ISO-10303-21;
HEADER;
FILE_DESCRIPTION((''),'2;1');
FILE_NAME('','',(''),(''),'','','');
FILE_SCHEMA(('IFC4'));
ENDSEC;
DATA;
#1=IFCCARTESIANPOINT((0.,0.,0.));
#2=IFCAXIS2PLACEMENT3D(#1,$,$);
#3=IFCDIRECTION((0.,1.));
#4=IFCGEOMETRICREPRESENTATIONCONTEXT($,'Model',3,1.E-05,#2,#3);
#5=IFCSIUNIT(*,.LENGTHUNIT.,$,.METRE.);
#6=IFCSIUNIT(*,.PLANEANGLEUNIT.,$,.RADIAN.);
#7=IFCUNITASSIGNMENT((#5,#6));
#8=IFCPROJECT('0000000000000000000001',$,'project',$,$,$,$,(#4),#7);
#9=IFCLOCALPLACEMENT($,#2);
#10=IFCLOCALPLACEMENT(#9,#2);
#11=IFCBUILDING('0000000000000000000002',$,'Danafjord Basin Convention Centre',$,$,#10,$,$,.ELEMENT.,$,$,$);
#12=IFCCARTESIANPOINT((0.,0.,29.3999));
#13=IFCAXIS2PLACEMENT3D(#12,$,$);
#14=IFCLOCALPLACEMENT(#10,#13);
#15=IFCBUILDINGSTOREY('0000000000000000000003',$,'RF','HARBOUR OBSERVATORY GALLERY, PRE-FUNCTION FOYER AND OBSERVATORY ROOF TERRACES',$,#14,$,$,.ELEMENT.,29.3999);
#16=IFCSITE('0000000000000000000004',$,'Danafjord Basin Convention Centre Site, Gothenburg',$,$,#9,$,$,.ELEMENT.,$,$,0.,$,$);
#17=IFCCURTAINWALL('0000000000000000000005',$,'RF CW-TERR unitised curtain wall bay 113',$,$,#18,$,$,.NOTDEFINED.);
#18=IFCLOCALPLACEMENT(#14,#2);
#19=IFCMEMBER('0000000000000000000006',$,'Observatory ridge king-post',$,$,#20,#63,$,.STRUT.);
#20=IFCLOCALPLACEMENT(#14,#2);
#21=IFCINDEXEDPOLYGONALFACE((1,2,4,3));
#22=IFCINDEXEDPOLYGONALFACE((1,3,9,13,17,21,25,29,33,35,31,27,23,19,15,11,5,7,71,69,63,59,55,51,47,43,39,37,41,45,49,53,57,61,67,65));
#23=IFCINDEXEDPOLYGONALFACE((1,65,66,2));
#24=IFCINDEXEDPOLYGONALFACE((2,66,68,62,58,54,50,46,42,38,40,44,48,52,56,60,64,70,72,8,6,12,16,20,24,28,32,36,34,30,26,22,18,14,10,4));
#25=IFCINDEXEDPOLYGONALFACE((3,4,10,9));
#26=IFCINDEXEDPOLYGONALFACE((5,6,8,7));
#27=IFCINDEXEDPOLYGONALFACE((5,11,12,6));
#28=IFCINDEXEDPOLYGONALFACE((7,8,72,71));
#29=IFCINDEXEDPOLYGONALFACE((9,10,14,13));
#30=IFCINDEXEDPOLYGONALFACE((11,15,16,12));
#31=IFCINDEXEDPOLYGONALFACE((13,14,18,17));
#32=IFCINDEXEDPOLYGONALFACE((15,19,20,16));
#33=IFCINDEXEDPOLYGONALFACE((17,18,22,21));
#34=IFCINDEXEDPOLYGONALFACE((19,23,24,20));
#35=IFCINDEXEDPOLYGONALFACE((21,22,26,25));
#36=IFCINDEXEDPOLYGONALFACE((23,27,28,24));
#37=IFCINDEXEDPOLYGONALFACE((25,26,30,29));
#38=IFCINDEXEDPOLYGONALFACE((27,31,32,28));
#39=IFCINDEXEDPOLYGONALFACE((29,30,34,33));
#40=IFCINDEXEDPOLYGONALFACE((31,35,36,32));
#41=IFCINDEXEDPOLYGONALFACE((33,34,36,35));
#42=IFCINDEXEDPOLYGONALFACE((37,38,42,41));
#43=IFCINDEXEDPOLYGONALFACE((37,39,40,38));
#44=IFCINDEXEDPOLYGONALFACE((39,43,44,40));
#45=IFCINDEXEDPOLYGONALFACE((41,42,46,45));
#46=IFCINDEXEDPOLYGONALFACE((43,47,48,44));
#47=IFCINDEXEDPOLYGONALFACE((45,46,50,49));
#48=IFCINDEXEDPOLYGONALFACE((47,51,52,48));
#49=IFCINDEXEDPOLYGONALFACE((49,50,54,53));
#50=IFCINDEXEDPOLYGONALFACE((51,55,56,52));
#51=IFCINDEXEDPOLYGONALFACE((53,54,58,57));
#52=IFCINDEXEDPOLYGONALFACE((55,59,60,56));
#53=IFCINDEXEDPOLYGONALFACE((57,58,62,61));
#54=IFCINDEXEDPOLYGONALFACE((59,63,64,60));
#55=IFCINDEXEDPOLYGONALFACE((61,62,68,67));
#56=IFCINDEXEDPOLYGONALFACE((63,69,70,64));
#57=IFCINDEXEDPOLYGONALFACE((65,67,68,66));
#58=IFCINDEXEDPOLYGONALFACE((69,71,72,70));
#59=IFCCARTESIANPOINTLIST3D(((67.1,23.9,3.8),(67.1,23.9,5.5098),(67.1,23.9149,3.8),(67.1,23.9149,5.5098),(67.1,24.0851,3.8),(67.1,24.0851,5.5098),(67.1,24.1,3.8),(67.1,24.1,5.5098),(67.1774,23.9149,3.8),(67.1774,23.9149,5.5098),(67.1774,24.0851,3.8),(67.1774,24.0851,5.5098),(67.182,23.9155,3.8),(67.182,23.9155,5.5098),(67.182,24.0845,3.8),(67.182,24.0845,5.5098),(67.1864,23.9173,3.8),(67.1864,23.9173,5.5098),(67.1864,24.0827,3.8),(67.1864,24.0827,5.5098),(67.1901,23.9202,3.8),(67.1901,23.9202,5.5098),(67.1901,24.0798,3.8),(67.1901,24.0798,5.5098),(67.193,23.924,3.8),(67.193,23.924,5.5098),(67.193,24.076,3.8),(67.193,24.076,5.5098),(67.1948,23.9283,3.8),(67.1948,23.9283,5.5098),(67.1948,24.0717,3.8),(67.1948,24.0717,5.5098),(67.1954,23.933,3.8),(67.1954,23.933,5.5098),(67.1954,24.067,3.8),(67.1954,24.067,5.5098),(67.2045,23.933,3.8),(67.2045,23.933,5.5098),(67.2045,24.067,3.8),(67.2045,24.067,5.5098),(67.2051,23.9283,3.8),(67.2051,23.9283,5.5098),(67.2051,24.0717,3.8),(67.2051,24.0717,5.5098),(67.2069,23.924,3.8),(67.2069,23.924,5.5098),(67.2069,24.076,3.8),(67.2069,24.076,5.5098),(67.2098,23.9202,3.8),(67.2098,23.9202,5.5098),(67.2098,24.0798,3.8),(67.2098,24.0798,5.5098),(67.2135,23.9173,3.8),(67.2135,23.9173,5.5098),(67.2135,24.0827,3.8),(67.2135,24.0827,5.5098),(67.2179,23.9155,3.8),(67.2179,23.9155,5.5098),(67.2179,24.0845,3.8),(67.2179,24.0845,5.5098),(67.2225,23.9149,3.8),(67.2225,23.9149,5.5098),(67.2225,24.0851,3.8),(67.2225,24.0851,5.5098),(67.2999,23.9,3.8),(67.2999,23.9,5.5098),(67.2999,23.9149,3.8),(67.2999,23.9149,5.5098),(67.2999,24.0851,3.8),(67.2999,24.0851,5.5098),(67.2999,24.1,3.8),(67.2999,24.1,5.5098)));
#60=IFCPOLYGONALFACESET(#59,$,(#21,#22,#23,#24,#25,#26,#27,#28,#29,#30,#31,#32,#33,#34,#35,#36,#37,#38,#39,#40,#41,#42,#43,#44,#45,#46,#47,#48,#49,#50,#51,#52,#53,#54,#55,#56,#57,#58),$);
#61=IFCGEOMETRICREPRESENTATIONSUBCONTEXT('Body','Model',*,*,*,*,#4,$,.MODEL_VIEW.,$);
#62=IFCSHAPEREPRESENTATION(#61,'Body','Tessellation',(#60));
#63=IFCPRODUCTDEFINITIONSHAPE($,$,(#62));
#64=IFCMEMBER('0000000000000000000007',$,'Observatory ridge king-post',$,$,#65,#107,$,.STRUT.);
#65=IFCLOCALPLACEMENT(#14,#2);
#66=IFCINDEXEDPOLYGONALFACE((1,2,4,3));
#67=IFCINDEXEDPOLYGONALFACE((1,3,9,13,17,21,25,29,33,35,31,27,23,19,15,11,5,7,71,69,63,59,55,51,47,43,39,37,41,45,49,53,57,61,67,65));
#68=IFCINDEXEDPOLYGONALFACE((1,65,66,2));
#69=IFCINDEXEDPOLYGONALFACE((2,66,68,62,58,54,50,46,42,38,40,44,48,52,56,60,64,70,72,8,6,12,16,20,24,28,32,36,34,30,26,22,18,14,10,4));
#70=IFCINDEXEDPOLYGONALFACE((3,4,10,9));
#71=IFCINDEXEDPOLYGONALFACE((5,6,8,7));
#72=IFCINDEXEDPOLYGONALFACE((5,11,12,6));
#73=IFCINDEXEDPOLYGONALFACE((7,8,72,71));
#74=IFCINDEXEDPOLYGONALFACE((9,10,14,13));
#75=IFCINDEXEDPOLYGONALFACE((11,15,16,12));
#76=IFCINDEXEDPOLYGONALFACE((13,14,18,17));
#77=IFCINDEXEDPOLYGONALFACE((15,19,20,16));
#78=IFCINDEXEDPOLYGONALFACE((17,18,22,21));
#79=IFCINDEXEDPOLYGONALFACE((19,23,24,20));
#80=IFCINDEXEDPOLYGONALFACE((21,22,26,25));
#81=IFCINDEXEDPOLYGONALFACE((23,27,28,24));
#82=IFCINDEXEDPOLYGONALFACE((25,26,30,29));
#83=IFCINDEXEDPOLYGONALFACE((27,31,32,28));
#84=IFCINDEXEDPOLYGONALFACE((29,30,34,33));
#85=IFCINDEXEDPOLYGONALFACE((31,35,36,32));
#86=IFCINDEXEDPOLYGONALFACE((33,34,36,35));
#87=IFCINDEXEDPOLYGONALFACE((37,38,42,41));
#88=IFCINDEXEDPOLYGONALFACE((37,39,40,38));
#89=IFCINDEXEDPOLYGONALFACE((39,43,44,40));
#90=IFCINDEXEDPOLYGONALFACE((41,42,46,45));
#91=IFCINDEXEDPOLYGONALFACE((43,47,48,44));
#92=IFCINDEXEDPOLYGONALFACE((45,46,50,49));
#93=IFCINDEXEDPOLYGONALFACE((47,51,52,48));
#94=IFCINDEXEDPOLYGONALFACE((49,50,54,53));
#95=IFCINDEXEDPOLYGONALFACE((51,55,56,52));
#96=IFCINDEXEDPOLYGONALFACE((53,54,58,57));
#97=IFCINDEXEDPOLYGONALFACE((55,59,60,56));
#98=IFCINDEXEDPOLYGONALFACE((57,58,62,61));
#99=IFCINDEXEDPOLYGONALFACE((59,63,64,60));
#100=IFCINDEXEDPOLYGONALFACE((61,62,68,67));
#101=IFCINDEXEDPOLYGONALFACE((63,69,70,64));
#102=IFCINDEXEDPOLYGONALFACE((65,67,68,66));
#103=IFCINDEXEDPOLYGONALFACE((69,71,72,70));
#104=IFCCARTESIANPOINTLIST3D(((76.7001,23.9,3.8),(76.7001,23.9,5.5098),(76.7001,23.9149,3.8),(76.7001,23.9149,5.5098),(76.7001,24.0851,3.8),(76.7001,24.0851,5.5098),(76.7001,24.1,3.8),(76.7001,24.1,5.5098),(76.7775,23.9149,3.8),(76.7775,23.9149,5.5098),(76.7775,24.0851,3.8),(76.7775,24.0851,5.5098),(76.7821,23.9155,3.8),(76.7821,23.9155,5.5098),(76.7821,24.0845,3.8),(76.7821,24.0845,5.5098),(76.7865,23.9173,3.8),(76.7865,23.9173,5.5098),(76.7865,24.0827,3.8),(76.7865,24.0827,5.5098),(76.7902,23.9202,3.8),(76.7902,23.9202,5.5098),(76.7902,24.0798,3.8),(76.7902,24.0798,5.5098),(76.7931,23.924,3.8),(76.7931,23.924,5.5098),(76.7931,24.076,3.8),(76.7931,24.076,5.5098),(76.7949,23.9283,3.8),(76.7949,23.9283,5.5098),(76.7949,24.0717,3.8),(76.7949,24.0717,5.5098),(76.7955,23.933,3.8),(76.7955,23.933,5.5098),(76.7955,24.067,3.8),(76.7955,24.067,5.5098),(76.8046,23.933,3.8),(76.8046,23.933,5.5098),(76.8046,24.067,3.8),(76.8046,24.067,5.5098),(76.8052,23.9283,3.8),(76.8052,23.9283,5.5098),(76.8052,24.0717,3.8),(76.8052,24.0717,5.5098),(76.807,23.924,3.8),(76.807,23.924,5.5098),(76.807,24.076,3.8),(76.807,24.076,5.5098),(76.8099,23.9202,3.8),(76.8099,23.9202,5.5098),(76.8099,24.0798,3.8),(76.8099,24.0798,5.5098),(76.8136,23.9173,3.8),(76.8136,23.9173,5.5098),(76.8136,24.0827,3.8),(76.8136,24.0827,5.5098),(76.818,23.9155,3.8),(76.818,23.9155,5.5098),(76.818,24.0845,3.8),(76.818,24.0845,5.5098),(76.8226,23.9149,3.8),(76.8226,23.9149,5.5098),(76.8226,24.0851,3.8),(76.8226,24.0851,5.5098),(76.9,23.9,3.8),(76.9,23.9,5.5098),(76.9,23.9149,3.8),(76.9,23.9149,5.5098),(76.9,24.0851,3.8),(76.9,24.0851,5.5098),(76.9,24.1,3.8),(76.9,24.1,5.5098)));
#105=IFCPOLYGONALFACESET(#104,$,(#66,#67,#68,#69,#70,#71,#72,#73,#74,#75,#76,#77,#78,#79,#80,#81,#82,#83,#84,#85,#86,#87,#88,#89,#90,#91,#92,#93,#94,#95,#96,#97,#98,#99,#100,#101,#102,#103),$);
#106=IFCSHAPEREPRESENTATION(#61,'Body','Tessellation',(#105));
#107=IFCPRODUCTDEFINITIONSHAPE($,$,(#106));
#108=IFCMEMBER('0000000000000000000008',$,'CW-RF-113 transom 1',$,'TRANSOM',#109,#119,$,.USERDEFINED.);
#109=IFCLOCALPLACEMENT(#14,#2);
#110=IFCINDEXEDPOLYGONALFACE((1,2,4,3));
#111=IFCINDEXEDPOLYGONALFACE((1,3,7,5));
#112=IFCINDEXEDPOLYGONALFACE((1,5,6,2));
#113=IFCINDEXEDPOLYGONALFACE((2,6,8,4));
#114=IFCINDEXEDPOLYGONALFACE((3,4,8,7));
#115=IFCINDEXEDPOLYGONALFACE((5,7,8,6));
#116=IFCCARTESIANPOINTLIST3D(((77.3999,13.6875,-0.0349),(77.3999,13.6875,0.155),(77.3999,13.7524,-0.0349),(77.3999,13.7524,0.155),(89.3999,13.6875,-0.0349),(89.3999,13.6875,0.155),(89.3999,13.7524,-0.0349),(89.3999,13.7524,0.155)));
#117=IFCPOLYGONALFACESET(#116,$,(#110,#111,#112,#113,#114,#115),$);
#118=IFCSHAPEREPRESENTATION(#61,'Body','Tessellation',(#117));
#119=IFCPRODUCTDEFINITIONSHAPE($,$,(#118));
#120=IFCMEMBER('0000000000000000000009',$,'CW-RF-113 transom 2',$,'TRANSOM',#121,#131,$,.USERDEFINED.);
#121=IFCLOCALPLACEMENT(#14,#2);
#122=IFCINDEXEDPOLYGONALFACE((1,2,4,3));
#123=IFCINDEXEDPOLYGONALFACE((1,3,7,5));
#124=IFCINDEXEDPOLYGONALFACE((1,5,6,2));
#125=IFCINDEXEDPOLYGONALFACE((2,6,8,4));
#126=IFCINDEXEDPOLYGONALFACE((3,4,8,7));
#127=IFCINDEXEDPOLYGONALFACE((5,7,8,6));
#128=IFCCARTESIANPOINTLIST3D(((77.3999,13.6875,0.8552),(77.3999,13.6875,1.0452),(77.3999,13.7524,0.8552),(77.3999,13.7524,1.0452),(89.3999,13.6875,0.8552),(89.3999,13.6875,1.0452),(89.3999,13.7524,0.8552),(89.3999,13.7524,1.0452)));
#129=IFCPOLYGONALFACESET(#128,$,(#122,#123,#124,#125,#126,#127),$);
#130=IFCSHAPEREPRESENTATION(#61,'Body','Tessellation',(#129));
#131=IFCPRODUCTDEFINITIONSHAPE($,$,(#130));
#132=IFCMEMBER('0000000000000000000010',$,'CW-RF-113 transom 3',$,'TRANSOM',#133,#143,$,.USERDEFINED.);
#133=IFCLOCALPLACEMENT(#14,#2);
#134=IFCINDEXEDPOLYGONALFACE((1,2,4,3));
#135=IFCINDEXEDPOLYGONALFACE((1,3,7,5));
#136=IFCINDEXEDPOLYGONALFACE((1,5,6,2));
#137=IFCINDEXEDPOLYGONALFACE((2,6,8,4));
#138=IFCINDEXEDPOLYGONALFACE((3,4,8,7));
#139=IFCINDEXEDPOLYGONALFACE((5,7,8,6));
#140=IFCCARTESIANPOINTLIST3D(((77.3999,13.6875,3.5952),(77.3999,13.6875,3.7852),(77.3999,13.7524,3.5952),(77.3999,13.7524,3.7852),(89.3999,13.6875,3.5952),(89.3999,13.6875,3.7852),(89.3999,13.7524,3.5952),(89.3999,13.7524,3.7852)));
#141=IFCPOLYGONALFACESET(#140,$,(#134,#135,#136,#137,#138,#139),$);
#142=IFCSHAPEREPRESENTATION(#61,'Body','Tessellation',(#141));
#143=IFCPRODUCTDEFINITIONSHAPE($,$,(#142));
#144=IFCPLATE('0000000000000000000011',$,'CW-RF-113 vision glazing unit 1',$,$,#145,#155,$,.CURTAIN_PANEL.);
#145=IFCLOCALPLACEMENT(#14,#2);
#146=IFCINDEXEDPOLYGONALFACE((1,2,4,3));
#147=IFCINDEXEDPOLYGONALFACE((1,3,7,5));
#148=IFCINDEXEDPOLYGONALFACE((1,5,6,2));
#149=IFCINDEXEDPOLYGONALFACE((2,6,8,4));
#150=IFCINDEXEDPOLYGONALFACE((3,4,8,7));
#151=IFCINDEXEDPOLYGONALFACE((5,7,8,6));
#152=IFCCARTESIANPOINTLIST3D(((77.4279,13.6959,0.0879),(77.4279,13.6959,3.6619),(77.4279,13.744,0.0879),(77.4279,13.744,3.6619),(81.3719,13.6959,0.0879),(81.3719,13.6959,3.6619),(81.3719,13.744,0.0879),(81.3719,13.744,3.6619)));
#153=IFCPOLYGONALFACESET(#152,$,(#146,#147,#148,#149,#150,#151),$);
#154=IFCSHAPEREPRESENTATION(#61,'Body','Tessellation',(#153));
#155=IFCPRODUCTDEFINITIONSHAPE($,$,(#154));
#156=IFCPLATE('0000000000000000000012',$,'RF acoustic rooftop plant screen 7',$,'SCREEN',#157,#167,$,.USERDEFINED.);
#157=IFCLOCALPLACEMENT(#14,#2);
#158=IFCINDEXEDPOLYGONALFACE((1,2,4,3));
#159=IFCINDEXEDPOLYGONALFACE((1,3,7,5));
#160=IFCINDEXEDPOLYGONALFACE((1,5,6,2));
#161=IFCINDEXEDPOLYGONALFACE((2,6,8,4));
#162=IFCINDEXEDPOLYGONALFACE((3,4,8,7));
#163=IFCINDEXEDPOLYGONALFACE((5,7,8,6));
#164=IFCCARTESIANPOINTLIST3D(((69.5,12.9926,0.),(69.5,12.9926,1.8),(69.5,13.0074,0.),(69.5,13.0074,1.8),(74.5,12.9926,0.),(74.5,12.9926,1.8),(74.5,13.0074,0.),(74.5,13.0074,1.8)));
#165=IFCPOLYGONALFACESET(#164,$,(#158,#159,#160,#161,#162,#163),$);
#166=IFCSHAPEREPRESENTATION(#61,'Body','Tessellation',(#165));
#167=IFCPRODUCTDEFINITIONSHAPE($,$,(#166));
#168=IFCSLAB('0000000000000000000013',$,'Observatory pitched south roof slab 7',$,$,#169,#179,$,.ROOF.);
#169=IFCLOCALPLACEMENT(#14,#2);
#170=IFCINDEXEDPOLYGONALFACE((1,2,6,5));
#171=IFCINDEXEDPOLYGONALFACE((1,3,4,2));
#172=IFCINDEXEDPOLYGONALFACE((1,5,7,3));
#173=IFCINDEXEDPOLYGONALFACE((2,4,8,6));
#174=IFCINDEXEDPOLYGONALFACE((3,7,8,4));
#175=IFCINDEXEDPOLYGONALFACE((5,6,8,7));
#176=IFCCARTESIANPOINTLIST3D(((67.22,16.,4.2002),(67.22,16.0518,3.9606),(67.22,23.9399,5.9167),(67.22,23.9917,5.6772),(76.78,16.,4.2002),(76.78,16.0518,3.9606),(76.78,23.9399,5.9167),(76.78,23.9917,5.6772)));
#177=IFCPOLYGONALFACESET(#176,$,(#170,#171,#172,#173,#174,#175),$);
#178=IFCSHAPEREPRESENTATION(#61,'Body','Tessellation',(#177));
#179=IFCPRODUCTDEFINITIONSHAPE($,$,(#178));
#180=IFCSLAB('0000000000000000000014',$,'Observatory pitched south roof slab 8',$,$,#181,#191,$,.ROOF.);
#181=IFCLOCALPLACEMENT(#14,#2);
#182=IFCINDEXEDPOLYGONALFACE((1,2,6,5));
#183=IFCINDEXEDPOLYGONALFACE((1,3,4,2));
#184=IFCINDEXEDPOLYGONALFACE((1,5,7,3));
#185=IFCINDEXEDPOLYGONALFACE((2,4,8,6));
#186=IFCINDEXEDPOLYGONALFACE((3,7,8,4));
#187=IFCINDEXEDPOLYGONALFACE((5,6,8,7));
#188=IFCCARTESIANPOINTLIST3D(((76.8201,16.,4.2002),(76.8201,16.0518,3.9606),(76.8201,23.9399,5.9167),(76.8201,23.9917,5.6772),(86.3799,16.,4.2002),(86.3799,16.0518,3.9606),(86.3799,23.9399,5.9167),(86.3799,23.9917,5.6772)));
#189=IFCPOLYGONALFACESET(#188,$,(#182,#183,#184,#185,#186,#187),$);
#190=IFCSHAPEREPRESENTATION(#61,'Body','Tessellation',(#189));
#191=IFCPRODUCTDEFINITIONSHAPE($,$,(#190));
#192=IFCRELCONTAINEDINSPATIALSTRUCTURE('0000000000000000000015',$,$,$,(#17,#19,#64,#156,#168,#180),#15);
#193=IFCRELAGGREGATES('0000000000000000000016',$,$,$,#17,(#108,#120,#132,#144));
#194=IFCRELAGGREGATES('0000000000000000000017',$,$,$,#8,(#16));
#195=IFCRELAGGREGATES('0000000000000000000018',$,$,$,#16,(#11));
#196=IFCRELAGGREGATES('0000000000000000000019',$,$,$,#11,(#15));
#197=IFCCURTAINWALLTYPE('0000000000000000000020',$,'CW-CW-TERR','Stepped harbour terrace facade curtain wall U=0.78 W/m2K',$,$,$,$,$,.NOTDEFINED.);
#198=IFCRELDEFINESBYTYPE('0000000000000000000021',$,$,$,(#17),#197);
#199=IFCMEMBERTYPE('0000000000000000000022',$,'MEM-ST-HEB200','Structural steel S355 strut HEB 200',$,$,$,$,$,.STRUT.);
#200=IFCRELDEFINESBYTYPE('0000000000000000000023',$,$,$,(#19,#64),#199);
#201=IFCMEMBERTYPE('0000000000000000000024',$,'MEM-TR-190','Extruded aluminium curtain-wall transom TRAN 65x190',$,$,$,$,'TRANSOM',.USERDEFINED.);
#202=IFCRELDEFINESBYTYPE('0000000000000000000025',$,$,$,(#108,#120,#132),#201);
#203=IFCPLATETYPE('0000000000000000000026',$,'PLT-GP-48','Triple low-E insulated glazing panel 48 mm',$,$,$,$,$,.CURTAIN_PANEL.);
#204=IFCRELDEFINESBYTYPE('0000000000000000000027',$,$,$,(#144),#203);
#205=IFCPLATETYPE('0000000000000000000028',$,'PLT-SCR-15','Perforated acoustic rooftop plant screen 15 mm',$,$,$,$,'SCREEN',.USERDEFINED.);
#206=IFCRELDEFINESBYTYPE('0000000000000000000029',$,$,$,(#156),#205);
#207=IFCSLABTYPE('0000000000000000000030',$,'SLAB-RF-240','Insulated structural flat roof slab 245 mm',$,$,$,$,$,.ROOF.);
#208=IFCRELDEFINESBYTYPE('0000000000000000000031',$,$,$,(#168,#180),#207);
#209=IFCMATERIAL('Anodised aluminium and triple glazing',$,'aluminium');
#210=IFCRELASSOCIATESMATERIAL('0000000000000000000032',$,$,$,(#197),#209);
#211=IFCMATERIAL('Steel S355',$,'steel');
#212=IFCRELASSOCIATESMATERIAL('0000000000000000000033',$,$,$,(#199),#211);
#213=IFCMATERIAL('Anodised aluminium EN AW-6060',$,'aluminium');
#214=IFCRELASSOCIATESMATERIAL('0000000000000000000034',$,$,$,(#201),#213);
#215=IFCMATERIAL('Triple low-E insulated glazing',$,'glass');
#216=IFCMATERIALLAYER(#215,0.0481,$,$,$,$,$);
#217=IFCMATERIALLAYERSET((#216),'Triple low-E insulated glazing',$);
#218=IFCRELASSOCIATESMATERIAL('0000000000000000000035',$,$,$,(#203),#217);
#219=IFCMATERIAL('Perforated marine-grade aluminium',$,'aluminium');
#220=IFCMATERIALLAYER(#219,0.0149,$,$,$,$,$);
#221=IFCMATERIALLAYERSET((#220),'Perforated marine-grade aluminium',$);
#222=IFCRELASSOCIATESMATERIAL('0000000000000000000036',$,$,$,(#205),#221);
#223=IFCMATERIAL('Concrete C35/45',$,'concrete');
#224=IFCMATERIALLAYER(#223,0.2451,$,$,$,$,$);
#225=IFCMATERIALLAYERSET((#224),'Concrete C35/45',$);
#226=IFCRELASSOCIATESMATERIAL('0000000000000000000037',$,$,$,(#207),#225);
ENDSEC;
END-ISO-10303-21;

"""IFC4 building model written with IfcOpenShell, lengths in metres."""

from ifc_helpers import new_model, si_unit, direction, frame, origin, origin_2d, place, context, subcontext, project, spatial, polyline, rectangle, i_section, outline, extrude, material, layer, layer_set, material_profile, profile_set, type_object, element, aggregate, save


model = new_model("IFC4")

# Units and contexts
model_context = context("Model", 3, precision=1e-05, world=origin(), true_north=direction((0.0, 1.0)))
body_context = subcontext(model_context, "Body", "Model", "MODEL_VIEW")
ifc_project = project(units=[si_unit("LENGTHUNIT", "METRE"), si_unit("PLANEANGLEUNIT", "RADIAN")], contexts=[model_context])

# Site, building, storey
site_placement = place(None, origin())
site = spatial("IfcSite", under=ifc_project, at=site_placement, Name="Danafjord Basin Convention Centre Site, Gothenburg", CompositionType="ELEMENT", RefElevation=0.0)
building_placement = place(site_placement, origin())
building = spatial("IfcBuilding", under=site, at=building_placement, Name="Danafjord Basin Convention Centre", CompositionType="ELEMENT")
storey_placement = place(building_placement, frame((0.0, 0.0, 29.3999)))
storey = spatial("IfcBuildingStorey", under=building, at=storey_placement, Name="RF", Description="HARBOUR OBSERVATORY GALLERY, PRE-FUNCTION FOYER AND OBSERVATORY ROOF TERRACES", CompositionType="ELEMENT", Elevation=29.3999)

# Shared definitions
ifc_material_1 = material(Name="Steel S355", Category="steel")

# Curtain wall
ifc_material_2 = material(Name="Anodised aluminium and triple glazing", Category="aluminium")
curtain_wall_type = type_object("IfcCurtainWallType", Name="CW-CW-TERR", Description="Stepped harbour terrace facade curtain wall U=0.78 W/m2K", PredefinedType="NOTDEFINED", material=ifc_material_2)
curtain_wall_placement = place(storey_placement, origin())
curtain_wall = element("IfcCurtainWall", 1, at=curtain_wall_placement, inside=storey, type_object=curtain_wall_type, Name="RF CW-TERR unitised curtain wall bay 113", PredefinedType="NOTDEFINED")
ifc_material_3 = material(Name="Anodised aluminium EN AW-6060", Category="aluminium")

# Members
ifc_material_profile_1 = material_profile(ifc_material_1, i_section(OverallWidth=0.2, OverallDepth=0.2, WebThickness=0.009, FlangeThickness=0.0149, FilletRadius=0.0181, at=origin_2d()), Name="HEB 200")
ifc_profile_set_1 = profile_set([ifc_material_profile_1], Name="Steel S355")
member_type_1 = type_object("IfcMemberType", Name="MEM-ST-HEB200", Description="Structural steel S355 strut HEB 200", PredefinedType="STRUT", material=ifc_profile_set_1)
for number, where, z_axis, x_axis, name in (
    (2, (67.2, 24.0, 3.8), (0.0, 0.0, 1.0), (1.0, 0.0, 0.0), "Observatory ridge king-post"),
    (3, (76.8, 24.0, 3.8), (0.0, 0.0, 1.0), (1.0, 0.0, 0.0), "Observatory ridge king-post"),
):
    element("IfcMember", number, at=place(storey_placement, frame(where, z_axis=z_axis, x_axis=x_axis)), inside=storey, type_object=member_type_1, Name=name, PredefinedType="STRUT", context=body_context, shape_type="SweptSolid", body=[
        extrude(i_section(OverallWidth=0.2, OverallDepth=0.2, WebThickness=0.009, FlangeThickness=0.0149, FilletRadius=0.0181, at=origin_2d()), origin(), (0.0, 0.0, 1.0), 1.7097),
    ])

# Members
ifc_material_profile_2 = material_profile(ifc_material_3, rectangle(XDim=0.0649, YDim=0.1899, at=origin_2d()), Name="TRAN 65x190")
ifc_profile_set_2 = profile_set([ifc_material_profile_2], Name="Anodised aluminium EN AW-6060")
member_type_2 = type_object("IfcMemberType", Name="MEM-TR-190", Description="Extruded aluminium curtain-wall transom TRAN 65x190", ElementType="TRANSOM", PredefinedType="USERDEFINED", material=ifc_profile_set_2)
member_1_placement = place(storey_placement, frame((77.3999, 13.72, 0.0601), z_axis=(1.0, 0.0, 0.0), x_axis=(0.0, 1.0, 0.0)))
member_1 = element("IfcMember", 4, at=member_1_placement, type_object=member_type_2, Name="CW-RF-113 transom 1", ObjectType="TRANSOM", PredefinedType="USERDEFINED", context=body_context, shape_type="SweptSolid", body=[
    extrude(rectangle(XDim=0.0649, YDim=0.1899, at=origin_2d()), origin(), (0.0, 0.0, 1.0), 12.0),
])
member_2_placement = place(storey_placement, frame((77.3999, 13.72, 0.9502), z_axis=(1.0, 0.0, 0.0), x_axis=(0.0, 1.0, 0.0)))
member_2 = element("IfcMember", 5, at=member_2_placement, type_object=member_type_2, Name="CW-RF-113 transom 2", ObjectType="TRANSOM", PredefinedType="USERDEFINED", context=body_context, shape_type="SweptSolid", body=[
    extrude(rectangle(XDim=0.0649, YDim=0.1899, at=origin_2d()), origin(), (0.0, 0.0, 1.0), 12.0),
])
member_3_placement = place(storey_placement, frame((77.3999, 13.72, 3.6902), z_axis=(1.0, 0.0, 0.0), x_axis=(0.0, 1.0, 0.0)))
member_3 = element("IfcMember", 6, at=member_3_placement, type_object=member_type_2, Name="CW-RF-113 transom 3", ObjectType="TRANSOM", PredefinedType="USERDEFINED", context=body_context, shape_type="SweptSolid", body=[
    extrude(rectangle(XDim=0.0649, YDim=0.1899, at=origin_2d()), origin(), (0.0, 0.0, 1.0), 12.0),
])

# Plates
ifc_material_4 = material(Name="Triple low-E insulated glazing", Category="glass")
ifc_layer_1 = layer(ifc_material_4, 0.0481)
ifc_layer_set_1 = layer_set([ifc_layer_1], Name="Triple low-E insulated glazing")
plate_type_1 = type_object("IfcPlateType", Name="PLT-GP-48", Description="Triple low-E insulated glazing panel 48 mm", PredefinedType="CURTAIN_PANEL", material=ifc_layer_set_1)
plate_1_placement = place(storey_placement, frame((79.3999, 13.72, 0.0879), z_axis=(0.0, 0.0, 1.0), x_axis=(1.0, 0.0, 0.0)))
plate_1 = element("IfcPlate", 7, at=plate_1_placement, type_object=plate_type_1, Name="CW-RF-113 vision glazing unit 1", PredefinedType="CURTAIN_PANEL", context=body_context, shape_type="SweptSolid", body=[
    extrude(rectangle(XDim=3.9441, YDim=0.0481, at=origin_2d()), origin(), (0.0, 0.0, 1.0), 3.574),
])
aggregate(curtain_wall, [member_1, member_2, member_3, plate_1])
ifc_material_5 = material(Name="Perforated marine-grade aluminium", Category="aluminium")
ifc_layer_2 = layer(ifc_material_5, 0.0149)
ifc_layer_set_2 = layer_set([ifc_layer_2], Name="Perforated marine-grade aluminium")
plate_type_2 = type_object("IfcPlateType", Name="PLT-SCR-15", Description="Perforated acoustic rooftop plant screen 15 mm", ElementType="SCREEN", PredefinedType="USERDEFINED", material=ifc_layer_set_2)
plate_2_placement = place(storey_placement, frame((72.0, 13.0, 0.0), z_axis=(0.0, 0.0, 1.0), x_axis=(1.0, 0.0, 0.0)))
element("IfcPlate", 8, at=plate_2_placement, inside=storey, type_object=plate_type_2, Name="RF acoustic rooftop plant screen 7", ObjectType="SCREEN", PredefinedType="USERDEFINED", context=body_context, shape_type="SweptSolid", body=[
    extrude(rectangle(XDim=5.0, YDim=0.0149, at=origin_2d()), origin(), (0.0, 0.0, 1.0), 1.8),
])

# Slabs
ifc_material_6 = material(Name="Concrete C35/45", Category="concrete")
ifc_layer_3 = layer(ifc_material_6, 0.2451)
ifc_layer_set_3 = layer_set([ifc_layer_3], Name="Concrete C35/45")
slab_type = type_object("IfcSlabType", Name="SLAB-RF-240", Description="Insulated structural flat roof slab 245 mm", PredefinedType="ROOF", material=ifc_layer_set_3)
slab_1_placement = place(storey_placement, frame((67.22, 16.0, 4.2002), z_axis=(0.0, -0.21131, 0.977419), x_axis=(1.0, 0.0, 0.0)))
element("IfcSlab", 9, at=slab_1_placement, inside=storey, type_object=slab_type, Name="Observatory pitched south roof slab 7", PredefinedType="ROOF", context=body_context, shape_type="SweptSolid", body=[
    extrude(outline(polyline([(0.0, 0.0), (9.5601, 0.0), (9.5601, 8.1234), (0.0, 8.1234), (0.0, 0.0)])), origin(), (0.0, 0.0, -1.0), 0.2451),
])
slab_2_placement = place(storey_placement, frame((76.8201, 16.0, 4.2002), z_axis=(0.0, -0.21131, 0.977419), x_axis=(1.0, 0.0, 0.0)))
element("IfcSlab", 10, at=slab_2_placement, inside=storey, type_object=slab_type, Name="Observatory pitched south roof slab 8", PredefinedType="ROOF", context=body_context, shape_type="SweptSolid", body=[
    extrude(outline(polyline([(0.0, 0.0), (9.5598, 0.0), (9.5598, 8.1234), (0.0, 8.1234), (0.0, 0.0)])), origin(), (0.0, 0.0, -1.0), 0.2451),
])

save(model, "model.ifc")
